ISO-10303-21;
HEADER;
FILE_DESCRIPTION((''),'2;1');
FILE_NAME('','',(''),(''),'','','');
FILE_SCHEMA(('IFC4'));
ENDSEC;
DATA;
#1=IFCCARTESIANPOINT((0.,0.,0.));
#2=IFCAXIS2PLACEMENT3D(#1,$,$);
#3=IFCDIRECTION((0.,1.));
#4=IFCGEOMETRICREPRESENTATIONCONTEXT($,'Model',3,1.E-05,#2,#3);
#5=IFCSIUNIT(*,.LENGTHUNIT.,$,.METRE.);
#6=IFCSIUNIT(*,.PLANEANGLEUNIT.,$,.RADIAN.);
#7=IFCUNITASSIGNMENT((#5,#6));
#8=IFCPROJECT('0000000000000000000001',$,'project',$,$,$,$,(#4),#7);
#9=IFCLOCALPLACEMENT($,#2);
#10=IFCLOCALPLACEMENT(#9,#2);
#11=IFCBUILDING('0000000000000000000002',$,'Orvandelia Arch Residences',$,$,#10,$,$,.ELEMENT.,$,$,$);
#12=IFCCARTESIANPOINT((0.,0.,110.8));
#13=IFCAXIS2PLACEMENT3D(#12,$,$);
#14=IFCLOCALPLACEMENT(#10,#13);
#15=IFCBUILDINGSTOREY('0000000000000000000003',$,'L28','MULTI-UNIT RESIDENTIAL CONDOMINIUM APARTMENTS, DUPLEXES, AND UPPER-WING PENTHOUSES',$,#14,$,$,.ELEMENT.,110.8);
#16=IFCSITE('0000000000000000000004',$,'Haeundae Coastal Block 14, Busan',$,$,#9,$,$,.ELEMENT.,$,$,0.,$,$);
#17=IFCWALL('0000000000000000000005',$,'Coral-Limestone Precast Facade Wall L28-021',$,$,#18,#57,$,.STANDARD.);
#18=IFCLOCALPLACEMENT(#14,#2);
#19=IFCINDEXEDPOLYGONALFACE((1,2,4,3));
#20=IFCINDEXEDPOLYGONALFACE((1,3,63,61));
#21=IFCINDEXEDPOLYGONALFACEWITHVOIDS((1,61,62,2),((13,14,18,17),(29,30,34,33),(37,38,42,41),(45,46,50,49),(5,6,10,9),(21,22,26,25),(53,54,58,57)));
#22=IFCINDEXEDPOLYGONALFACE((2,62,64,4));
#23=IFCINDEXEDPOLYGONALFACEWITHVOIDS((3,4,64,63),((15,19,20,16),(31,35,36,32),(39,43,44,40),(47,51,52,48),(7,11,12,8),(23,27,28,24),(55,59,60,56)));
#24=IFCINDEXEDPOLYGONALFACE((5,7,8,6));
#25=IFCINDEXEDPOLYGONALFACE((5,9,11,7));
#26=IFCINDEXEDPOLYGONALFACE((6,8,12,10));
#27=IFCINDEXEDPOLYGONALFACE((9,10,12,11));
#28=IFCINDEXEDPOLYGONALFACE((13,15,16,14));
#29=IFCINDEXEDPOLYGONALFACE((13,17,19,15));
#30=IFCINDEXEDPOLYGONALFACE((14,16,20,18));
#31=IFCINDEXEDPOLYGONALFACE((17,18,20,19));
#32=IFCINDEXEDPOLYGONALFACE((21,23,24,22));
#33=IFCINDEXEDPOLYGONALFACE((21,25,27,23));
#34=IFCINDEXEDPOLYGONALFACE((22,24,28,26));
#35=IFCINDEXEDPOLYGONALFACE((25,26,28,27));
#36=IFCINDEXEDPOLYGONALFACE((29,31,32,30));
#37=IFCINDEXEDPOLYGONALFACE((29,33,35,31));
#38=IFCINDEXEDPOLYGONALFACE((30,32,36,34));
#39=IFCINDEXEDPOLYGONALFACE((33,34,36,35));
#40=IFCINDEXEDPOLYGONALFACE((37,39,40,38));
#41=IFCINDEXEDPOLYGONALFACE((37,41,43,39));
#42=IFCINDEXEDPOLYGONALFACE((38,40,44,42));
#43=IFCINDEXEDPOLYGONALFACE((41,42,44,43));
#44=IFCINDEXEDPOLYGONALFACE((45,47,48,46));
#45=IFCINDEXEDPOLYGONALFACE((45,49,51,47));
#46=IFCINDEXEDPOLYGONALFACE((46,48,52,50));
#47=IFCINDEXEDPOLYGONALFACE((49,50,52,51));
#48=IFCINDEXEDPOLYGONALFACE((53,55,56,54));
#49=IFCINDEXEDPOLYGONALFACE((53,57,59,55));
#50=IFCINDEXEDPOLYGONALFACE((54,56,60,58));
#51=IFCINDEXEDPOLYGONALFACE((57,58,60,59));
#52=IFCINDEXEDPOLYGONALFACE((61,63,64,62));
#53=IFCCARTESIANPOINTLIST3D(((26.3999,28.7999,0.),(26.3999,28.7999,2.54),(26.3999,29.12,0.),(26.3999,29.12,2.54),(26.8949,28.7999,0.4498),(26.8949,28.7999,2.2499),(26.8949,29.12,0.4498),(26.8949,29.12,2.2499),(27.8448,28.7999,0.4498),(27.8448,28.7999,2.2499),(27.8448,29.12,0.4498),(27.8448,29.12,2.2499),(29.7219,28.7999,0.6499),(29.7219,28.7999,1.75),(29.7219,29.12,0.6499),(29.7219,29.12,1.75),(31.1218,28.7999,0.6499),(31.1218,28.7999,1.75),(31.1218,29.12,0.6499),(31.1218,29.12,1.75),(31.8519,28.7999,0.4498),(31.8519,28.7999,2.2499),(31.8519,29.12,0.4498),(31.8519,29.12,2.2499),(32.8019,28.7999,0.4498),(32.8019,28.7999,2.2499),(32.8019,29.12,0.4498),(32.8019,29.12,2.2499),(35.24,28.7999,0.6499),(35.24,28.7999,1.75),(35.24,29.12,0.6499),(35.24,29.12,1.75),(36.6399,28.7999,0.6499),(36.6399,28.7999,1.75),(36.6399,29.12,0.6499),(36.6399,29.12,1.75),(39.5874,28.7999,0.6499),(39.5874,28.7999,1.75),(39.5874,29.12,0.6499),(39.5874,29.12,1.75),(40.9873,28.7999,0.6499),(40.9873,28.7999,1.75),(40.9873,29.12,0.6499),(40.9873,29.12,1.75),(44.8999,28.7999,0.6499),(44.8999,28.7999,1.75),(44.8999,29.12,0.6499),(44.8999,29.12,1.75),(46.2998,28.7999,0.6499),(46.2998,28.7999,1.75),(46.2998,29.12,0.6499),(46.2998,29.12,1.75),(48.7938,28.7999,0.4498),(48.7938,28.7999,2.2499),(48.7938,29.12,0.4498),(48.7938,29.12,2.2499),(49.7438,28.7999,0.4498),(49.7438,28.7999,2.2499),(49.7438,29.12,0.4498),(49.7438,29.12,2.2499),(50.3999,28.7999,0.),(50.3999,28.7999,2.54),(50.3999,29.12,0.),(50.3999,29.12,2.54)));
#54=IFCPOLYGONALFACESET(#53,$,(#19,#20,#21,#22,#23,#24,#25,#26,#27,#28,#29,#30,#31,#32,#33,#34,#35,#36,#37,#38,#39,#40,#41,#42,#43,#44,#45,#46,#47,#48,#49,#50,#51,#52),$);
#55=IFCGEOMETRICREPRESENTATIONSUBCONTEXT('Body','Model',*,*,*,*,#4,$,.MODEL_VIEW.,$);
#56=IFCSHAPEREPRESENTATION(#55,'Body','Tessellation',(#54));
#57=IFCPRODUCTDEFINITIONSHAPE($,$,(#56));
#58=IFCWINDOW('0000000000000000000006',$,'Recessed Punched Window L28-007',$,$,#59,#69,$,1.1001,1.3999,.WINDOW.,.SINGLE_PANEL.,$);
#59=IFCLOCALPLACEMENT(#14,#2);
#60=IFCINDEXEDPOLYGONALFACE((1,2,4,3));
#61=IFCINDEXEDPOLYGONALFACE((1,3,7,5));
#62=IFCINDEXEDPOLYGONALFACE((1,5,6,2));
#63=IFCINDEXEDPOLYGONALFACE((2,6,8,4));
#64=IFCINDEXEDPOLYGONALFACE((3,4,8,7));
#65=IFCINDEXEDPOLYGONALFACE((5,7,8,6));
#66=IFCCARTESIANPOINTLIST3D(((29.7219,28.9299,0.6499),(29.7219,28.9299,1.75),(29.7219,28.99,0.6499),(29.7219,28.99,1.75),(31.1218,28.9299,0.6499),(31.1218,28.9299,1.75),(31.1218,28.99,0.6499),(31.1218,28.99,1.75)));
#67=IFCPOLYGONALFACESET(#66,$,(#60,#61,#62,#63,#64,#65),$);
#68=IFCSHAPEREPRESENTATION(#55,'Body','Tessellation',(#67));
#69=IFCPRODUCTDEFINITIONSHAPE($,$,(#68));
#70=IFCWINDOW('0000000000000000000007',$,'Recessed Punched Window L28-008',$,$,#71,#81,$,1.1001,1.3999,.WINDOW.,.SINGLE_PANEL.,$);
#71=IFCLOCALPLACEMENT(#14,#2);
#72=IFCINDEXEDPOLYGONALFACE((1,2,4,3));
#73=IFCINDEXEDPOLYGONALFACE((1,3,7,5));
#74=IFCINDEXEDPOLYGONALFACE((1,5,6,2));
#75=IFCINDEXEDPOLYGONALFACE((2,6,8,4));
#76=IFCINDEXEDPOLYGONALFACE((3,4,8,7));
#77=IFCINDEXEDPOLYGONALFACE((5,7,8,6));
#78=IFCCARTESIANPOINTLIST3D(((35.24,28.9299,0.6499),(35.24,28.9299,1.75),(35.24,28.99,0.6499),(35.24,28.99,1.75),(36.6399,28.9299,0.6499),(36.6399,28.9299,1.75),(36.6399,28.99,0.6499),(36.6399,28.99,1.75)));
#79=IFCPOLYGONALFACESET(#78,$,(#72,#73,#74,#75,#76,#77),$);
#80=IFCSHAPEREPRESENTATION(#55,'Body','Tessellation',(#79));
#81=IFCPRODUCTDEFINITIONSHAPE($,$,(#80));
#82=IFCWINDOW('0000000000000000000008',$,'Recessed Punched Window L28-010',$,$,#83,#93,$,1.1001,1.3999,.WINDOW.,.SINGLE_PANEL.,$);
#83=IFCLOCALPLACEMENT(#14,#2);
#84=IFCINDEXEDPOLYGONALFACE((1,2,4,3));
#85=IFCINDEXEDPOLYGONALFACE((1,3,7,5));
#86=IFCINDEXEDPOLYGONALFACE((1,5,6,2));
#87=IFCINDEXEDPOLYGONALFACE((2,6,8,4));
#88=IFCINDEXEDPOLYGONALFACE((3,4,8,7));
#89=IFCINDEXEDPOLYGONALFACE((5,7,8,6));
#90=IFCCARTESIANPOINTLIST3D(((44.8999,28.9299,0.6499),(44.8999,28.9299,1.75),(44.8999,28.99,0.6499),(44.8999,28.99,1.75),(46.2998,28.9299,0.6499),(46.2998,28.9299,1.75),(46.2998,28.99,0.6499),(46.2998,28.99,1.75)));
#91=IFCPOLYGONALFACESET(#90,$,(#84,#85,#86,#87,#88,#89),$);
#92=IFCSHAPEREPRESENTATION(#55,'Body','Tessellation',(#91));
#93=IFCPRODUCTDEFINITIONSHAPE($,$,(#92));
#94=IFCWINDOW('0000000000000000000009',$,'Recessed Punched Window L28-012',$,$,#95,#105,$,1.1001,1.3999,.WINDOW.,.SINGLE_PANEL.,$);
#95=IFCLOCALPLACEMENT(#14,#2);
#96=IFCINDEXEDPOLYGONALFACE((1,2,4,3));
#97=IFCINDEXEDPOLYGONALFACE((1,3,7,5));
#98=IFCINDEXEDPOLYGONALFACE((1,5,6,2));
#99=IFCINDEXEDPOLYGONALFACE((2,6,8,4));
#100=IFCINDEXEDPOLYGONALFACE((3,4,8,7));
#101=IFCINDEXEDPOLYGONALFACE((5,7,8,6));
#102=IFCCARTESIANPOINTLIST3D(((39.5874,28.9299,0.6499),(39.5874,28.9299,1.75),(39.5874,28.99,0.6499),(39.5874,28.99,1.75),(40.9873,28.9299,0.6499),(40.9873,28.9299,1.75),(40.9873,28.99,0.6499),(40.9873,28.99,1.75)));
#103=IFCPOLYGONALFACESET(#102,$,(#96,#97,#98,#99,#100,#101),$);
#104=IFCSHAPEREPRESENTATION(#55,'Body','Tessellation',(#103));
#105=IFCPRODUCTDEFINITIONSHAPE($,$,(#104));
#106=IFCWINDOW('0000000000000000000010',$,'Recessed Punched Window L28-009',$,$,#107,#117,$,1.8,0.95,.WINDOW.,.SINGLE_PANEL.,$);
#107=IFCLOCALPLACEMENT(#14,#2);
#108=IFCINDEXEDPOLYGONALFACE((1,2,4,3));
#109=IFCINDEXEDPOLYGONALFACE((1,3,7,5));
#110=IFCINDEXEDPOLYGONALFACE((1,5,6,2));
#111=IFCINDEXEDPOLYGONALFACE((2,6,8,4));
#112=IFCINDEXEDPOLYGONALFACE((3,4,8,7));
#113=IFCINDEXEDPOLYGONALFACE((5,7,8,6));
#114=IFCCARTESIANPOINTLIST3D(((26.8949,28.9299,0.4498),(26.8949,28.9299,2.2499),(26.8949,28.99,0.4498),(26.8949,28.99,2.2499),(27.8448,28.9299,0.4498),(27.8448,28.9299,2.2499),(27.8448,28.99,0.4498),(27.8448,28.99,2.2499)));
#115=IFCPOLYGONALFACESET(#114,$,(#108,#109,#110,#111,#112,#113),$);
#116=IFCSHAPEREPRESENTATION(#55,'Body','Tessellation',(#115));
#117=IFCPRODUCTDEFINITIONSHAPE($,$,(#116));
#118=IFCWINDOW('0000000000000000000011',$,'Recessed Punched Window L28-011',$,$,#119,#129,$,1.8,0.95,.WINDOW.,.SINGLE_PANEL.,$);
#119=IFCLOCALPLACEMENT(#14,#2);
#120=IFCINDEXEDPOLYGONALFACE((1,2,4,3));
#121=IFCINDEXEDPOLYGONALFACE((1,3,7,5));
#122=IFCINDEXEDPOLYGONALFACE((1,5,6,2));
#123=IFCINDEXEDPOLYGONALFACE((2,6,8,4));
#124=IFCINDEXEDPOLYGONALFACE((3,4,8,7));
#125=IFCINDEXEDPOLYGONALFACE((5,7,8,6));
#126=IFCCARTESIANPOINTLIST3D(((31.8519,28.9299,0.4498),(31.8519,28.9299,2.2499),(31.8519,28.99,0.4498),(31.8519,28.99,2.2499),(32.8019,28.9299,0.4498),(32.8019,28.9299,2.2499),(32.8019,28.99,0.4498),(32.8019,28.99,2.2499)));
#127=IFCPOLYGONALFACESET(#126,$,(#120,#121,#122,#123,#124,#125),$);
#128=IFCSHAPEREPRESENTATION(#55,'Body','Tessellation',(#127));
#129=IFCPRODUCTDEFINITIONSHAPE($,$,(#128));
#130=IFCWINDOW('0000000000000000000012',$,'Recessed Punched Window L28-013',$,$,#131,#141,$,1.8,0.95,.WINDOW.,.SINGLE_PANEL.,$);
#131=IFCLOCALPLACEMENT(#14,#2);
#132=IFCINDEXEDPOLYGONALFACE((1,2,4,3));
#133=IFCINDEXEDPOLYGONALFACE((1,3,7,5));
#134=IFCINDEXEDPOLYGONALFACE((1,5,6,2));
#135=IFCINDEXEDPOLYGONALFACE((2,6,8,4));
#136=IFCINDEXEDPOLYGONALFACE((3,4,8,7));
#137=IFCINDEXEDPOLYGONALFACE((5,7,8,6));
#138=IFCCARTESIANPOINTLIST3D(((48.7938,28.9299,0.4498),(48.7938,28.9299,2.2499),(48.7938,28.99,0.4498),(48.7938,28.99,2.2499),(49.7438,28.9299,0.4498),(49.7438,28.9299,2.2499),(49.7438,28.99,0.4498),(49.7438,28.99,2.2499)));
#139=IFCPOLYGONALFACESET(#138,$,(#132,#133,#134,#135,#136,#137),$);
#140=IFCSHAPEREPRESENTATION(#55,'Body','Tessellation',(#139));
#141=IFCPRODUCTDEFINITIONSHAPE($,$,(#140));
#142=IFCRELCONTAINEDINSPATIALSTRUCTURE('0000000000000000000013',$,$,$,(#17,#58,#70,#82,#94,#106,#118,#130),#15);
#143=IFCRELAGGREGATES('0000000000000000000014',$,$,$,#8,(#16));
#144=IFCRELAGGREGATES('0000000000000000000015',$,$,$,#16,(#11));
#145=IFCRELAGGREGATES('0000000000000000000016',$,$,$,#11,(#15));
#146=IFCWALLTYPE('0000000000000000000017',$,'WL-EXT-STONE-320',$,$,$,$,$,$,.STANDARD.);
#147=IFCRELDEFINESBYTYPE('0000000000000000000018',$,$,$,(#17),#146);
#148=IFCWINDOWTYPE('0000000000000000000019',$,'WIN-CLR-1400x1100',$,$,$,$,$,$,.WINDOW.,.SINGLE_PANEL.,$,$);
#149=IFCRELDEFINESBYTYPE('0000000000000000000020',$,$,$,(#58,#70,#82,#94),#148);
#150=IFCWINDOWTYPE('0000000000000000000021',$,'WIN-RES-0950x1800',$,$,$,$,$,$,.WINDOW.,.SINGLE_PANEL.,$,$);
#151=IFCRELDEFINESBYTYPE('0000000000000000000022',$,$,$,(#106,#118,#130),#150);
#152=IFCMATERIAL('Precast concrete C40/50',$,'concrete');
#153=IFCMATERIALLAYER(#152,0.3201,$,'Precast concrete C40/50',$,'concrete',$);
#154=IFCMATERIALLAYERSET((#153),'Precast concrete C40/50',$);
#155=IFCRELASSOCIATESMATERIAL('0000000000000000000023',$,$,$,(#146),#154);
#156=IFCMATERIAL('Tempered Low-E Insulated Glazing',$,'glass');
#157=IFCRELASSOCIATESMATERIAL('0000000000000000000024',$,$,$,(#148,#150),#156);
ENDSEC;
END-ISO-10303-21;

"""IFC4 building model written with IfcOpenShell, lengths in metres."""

from ifc_helpers import new_model, si_unit, direction, frame, frame_2d, origin, place, context, subcontext, project, spatial, rectangle, extrude, material, layer, layer_set, type_object, element, fill, save


model = new_model("IFC4")

# Units and contexts
model_context = context("Model", 3, precision=1e-05, world=origin(), true_north=direction((0.0, 1.0)))
body_context = subcontext(model_context, "Body", "Model", "MODEL_VIEW")
ifc_project = project(units=[si_unit("LENGTHUNIT", "METRE"), si_unit("PLANEANGLEUNIT", "RADIAN")], contexts=[model_context])

# Site, building, storey
site_placement = place(None, origin())
site = spatial("IfcSite", under=ifc_project, at=site_placement, Name="Haeundae Coastal Block 14, Busan", CompositionType="ELEMENT", RefElevation=0.0)
building_placement = place(site_placement, origin())
building = spatial("IfcBuilding", under=site, at=building_placement, Name="Orvandelia Arch Residences", CompositionType="ELEMENT")
storey_placement = place(building_placement, frame((0.0, 0.0, 110.8)))
storey = spatial("IfcBuildingStorey", under=building, at=storey_placement, Name="L28", Description="MULTI-UNIT RESIDENTIAL CONDOMINIUM APARTMENTS, DUPLEXES, AND UPPER-WING PENTHOUSES", CompositionType="ELEMENT", Elevation=110.8)

# Shared definitions
ifc_material_1 = material(Name="Precast concrete C40/50", Category="concrete")
ifc_layer_1 = layer(ifc_material_1, 0.3201, Name="Precast concrete C40/50", Category="concrete")
ifc_layer_set_1 = layer_set([ifc_layer_1], Name="Precast concrete C40/50")
wall_type_1 = type_object("IfcWallType", Name="WL-EXT-STONE-320", PredefinedType="STANDARD", material=ifc_layer_set_1)

# Wall, openings, windows
wall_1_placement = place(storey_placement, frame((50.3999, 28.96, 0.0), z_axis=(0.0, 0.0, 1.0), x_axis=(-1.0, 0.0, 0.0)))
wall_1 = element("IfcWall", 1, at=wall_1_placement, inside=storey, type_object=wall_type_1, Name="Coral-Limestone Precast Facade Wall L28-021", PredefinedType="STANDARD", context=body_context, shape_type="SweptSolid", body=[
    extrude(rectangle(XDim=24.0, YDim=0.3201, at=frame_2d((12.0, 0.0))), origin(), (0.0, 0.0, 1.0), 2.54),
])
opening_1_placement = place(wall_1_placement, frame((19.2781, 0.0, 0.6499)))
opening_1 = element("IfcOpeningElement", 2, at=opening_1_placement, cuts=wall_1, PredefinedType="OPENING", context=body_context, shape_type="SweptSolid", body=[
    extrude(rectangle(XDim=1.3999, YDim=1.1001, at=frame_2d((0.7, 0.55))), frame((0.0, 0.1699, 0.0), z_axis=(0.0, -1.0, 0.0), x_axis=(1.0, 0.0, 0.0)), (0.0, 0.0, 1.0), 0.3401),
])
opening_2_placement = place(wall_1_placement, frame((13.76, 0.0, 0.6499)))
opening_2 = element("IfcOpeningElement", 3, at=opening_2_placement, cuts=wall_1, PredefinedType="OPENING", context=body_context, shape_type="SweptSolid", body=[
    extrude(rectangle(XDim=1.3999, YDim=1.1001, at=frame_2d((0.7, 0.55))), frame((0.0, 0.1699, 0.0), z_axis=(0.0, -1.0, 0.0), x_axis=(1.0, 0.0, 0.0)), (0.0, 0.0, 1.0), 0.3401),
])
opening_3_placement = place(wall_1_placement, frame((22.5549, 0.0, 0.45)))
opening_3 = element("IfcOpeningElement", 4, at=opening_3_placement, cuts=wall_1, PredefinedType="OPENING", context=body_context, shape_type="SweptSolid", body=[
    extrude(rectangle(XDim=0.95, YDim=1.8, at=frame_2d((0.4751, 0.8999))), frame((0.0, 0.1699, 0.0), z_axis=(0.0, -1.0, 0.0), x_axis=(1.0, 0.0, 0.0)), (0.0, 0.0, 1.0), 0.3401),
])
opening_4_placement = place(wall_1_placement, frame((4.1001, 0.0, 0.6499)))
opening_4 = element("IfcOpeningElement", 5, at=opening_4_placement, cuts=wall_1, PredefinedType="OPENING", context=body_context, shape_type="SweptSolid", body=[
    extrude(rectangle(XDim=1.3999, YDim=1.1001, at=frame_2d((0.7, 0.55))), frame((0.0, 0.1699, 0.0), z_axis=(0.0, -1.0, 0.0), x_axis=(1.0, 0.0, 0.0)), (0.0, 0.0, 1.0), 0.3401),
])
opening_5_placement = place(wall_1_placement, frame((17.5979, 0.0, 0.45)))
opening_5 = element("IfcOpeningElement", 6, at=opening_5_placement, cuts=wall_1, PredefinedType="OPENING", context=body_context, shape_type="SweptSolid", body=[
    extrude(rectangle(XDim=0.95, YDim=1.8, at=frame_2d((0.4751, 0.8999))), frame((0.0, 0.1699, 0.0), z_axis=(0.0, -1.0, 0.0), x_axis=(1.0, 0.0, 0.0)), (0.0, 0.0, 1.0), 0.3401),
])
opening_6_placement = place(wall_1_placement, frame((9.4126, 0.0, 0.6499)))
opening_6 = element("IfcOpeningElement", 7, at=opening_6_placement, cuts=wall_1, PredefinedType="OPENING", context=body_context, shape_type="SweptSolid", body=[
    extrude(rectangle(XDim=1.3999, YDim=1.1001, at=frame_2d((0.7, 0.55))), frame((0.0, 0.1699, 0.0), z_axis=(0.0, -1.0, 0.0), x_axis=(1.0, 0.0, 0.0)), (0.0, 0.0, 1.0), 0.3401),
])
opening_7_placement = place(wall_1_placement, frame((0.656, 0.0, 0.45)))
opening_7 = element("IfcOpeningElement", 8, at=opening_7_placement, cuts=wall_1, PredefinedType="OPENING", context=body_context, shape_type="SweptSolid", body=[
    extrude(rectangle(XDim=0.95, YDim=1.8, at=frame_2d((0.4751, 0.8999))), frame((0.0, 0.1699, 0.0), z_axis=(0.0, -1.0, 0.0), x_axis=(1.0, 0.0, 0.0)), (0.0, 0.0, 1.0), 0.3401),
])
ifc_material_2 = material(Name="Tempered Low-E Insulated Glazing", Category="glass")
window_type_1 = type_object("IfcWindowType", Name="WIN-CLR-1400x1100", PartitioningType="SINGLE_PANEL", PredefinedType="WINDOW", material=ifc_material_2)
window_1_placement = place(opening_1_placement, origin())
window_1 = element("IfcWindow", 9, at=window_1_placement, inside=storey, type_object=window_type_1, Name="Recessed Punched Window L28-007", OverallHeight=1.1001, OverallWidth=1.3999, PartitioningType="SINGLE_PANEL", PredefinedType="WINDOW", context=body_context, shape_type="SweptSolid", body=[
    extrude(rectangle(XDim=1.3999, YDim=1.1001, at=frame_2d((0.7, 0.55))), frame((0.0, 0.03, 0.0), z_axis=(0.0, -1.0, 0.0), x_axis=(1.0, 0.0, 0.0)), (0.0, 0.0, 1.0), 0.0601),
])
fill(opening_1, window_1)
window_2_placement = place(opening_2_placement, origin())
window_2 = element("IfcWindow", 10, at=window_2_placement, inside=storey, type_object=window_type_1, Name="Recessed Punched Window L28-008", OverallHeight=1.1001, OverallWidth=1.3999, PartitioningType="SINGLE_PANEL", PredefinedType="WINDOW", context=body_context, shape_type="SweptSolid", body=[
    extrude(rectangle(XDim=1.3999, YDim=1.1001, at=frame_2d((0.7, 0.55))), frame((0.0, 0.03, 0.0), z_axis=(0.0, -1.0, 0.0), x_axis=(1.0, 0.0, 0.0)), (0.0, 0.0, 1.0), 0.0601),
])
fill(opening_2, window_2)
window_3_placement = place(opening_4_placement, origin())
window_3 = element("IfcWindow", 11, at=window_3_placement, inside=storey, type_object=window_type_1, Name="Recessed Punched Window L28-010", OverallHeight=1.1001, OverallWidth=1.3999, PartitioningType="SINGLE_PANEL", PredefinedType="WINDOW", context=body_context, shape_type="SweptSolid", body=[
    extrude(rectangle(XDim=1.3999, YDim=1.1001, at=frame_2d((0.7, 0.55))), frame((0.0, 0.03, 0.0), z_axis=(0.0, -1.0, 0.0), x_axis=(1.0, 0.0, 0.0)), (0.0, 0.0, 1.0), 0.0601),
])
fill(opening_4, window_3)
window_4_placement = place(opening_6_placement, origin())
window_4 = element("IfcWindow", 12, at=window_4_placement, inside=storey, type_object=window_type_1, Name="Recessed Punched Window L28-012", OverallHeight=1.1001, OverallWidth=1.3999, PartitioningType="SINGLE_PANEL", PredefinedType="WINDOW", context=body_context, shape_type="SweptSolid", body=[
    extrude(rectangle(XDim=1.3999, YDim=1.1001, at=frame_2d((0.7, 0.55))), frame((0.0, 0.03, 0.0), z_axis=(0.0, -1.0, 0.0), x_axis=(1.0, 0.0, 0.0)), (0.0, 0.0, 1.0), 0.0601),
])
fill(opening_6, window_4)
window_type_2 = type_object("IfcWindowType", Name="WIN-RES-0950x1800", PartitioningType="SINGLE_PANEL", PredefinedType="WINDOW", material=ifc_material_2)
window_5_placement = place(opening_3_placement, origin())
window_5 = element("IfcWindow", 13, at=window_5_placement, inside=storey, type_object=window_type_2, Name="Recessed Punched Window L28-009", OverallHeight=1.8, OverallWidth=0.95, PartitioningType="SINGLE_PANEL", PredefinedType="WINDOW", context=body_context, shape_type="SweptSolid", body=[
    extrude(rectangle(XDim=0.95, YDim=1.8, at=frame_2d((0.4751, 0.8999))), frame((0.0, 0.03, 0.0), z_axis=(0.0, -1.0, 0.0), x_axis=(1.0, 0.0, 0.0)), (0.0, 0.0, 1.0), 0.0601),
])
fill(opening_3, window_5)
window_6_placement = place(opening_5_placement, origin())
window_6 = element("IfcWindow", 14, at=window_6_placement, inside=storey, type_object=window_type_2, Name="Recessed Punched Window L28-011", OverallHeight=1.8, OverallWidth=0.95, PartitioningType="SINGLE_PANEL", PredefinedType="WINDOW", context=body_context, shape_type="SweptSolid", body=[
    extrude(rectangle(XDim=0.95, YDim=1.8, at=frame_2d((0.4751, 0.8999))), frame((0.0, 0.03, 0.0), z_axis=(0.0, -1.0, 0.0), x_axis=(1.0, 0.0, 0.0)), (0.0, 0.0, 1.0), 0.0601),
])
fill(opening_5, window_6)
window_7_placement = place(opening_7_placement, origin())
window_7 = element("IfcWindow", 15, at=window_7_placement, inside=storey, type_object=window_type_2, Name="Recessed Punched Window L28-013", OverallHeight=1.8, OverallWidth=0.95, PartitioningType="SINGLE_PANEL", PredefinedType="WINDOW", context=body_context, shape_type="SweptSolid", body=[
    extrude(rectangle(XDim=0.95, YDim=1.8, at=frame_2d((0.4751, 0.8999))), frame((0.0, 0.03, 0.0), z_axis=(0.0, -1.0, 0.0), x_axis=(1.0, 0.0, 0.0)), (0.0, 0.0, 1.0), 0.0601),
])
fill(opening_7, window_7)

save(model, "model.ifc")
